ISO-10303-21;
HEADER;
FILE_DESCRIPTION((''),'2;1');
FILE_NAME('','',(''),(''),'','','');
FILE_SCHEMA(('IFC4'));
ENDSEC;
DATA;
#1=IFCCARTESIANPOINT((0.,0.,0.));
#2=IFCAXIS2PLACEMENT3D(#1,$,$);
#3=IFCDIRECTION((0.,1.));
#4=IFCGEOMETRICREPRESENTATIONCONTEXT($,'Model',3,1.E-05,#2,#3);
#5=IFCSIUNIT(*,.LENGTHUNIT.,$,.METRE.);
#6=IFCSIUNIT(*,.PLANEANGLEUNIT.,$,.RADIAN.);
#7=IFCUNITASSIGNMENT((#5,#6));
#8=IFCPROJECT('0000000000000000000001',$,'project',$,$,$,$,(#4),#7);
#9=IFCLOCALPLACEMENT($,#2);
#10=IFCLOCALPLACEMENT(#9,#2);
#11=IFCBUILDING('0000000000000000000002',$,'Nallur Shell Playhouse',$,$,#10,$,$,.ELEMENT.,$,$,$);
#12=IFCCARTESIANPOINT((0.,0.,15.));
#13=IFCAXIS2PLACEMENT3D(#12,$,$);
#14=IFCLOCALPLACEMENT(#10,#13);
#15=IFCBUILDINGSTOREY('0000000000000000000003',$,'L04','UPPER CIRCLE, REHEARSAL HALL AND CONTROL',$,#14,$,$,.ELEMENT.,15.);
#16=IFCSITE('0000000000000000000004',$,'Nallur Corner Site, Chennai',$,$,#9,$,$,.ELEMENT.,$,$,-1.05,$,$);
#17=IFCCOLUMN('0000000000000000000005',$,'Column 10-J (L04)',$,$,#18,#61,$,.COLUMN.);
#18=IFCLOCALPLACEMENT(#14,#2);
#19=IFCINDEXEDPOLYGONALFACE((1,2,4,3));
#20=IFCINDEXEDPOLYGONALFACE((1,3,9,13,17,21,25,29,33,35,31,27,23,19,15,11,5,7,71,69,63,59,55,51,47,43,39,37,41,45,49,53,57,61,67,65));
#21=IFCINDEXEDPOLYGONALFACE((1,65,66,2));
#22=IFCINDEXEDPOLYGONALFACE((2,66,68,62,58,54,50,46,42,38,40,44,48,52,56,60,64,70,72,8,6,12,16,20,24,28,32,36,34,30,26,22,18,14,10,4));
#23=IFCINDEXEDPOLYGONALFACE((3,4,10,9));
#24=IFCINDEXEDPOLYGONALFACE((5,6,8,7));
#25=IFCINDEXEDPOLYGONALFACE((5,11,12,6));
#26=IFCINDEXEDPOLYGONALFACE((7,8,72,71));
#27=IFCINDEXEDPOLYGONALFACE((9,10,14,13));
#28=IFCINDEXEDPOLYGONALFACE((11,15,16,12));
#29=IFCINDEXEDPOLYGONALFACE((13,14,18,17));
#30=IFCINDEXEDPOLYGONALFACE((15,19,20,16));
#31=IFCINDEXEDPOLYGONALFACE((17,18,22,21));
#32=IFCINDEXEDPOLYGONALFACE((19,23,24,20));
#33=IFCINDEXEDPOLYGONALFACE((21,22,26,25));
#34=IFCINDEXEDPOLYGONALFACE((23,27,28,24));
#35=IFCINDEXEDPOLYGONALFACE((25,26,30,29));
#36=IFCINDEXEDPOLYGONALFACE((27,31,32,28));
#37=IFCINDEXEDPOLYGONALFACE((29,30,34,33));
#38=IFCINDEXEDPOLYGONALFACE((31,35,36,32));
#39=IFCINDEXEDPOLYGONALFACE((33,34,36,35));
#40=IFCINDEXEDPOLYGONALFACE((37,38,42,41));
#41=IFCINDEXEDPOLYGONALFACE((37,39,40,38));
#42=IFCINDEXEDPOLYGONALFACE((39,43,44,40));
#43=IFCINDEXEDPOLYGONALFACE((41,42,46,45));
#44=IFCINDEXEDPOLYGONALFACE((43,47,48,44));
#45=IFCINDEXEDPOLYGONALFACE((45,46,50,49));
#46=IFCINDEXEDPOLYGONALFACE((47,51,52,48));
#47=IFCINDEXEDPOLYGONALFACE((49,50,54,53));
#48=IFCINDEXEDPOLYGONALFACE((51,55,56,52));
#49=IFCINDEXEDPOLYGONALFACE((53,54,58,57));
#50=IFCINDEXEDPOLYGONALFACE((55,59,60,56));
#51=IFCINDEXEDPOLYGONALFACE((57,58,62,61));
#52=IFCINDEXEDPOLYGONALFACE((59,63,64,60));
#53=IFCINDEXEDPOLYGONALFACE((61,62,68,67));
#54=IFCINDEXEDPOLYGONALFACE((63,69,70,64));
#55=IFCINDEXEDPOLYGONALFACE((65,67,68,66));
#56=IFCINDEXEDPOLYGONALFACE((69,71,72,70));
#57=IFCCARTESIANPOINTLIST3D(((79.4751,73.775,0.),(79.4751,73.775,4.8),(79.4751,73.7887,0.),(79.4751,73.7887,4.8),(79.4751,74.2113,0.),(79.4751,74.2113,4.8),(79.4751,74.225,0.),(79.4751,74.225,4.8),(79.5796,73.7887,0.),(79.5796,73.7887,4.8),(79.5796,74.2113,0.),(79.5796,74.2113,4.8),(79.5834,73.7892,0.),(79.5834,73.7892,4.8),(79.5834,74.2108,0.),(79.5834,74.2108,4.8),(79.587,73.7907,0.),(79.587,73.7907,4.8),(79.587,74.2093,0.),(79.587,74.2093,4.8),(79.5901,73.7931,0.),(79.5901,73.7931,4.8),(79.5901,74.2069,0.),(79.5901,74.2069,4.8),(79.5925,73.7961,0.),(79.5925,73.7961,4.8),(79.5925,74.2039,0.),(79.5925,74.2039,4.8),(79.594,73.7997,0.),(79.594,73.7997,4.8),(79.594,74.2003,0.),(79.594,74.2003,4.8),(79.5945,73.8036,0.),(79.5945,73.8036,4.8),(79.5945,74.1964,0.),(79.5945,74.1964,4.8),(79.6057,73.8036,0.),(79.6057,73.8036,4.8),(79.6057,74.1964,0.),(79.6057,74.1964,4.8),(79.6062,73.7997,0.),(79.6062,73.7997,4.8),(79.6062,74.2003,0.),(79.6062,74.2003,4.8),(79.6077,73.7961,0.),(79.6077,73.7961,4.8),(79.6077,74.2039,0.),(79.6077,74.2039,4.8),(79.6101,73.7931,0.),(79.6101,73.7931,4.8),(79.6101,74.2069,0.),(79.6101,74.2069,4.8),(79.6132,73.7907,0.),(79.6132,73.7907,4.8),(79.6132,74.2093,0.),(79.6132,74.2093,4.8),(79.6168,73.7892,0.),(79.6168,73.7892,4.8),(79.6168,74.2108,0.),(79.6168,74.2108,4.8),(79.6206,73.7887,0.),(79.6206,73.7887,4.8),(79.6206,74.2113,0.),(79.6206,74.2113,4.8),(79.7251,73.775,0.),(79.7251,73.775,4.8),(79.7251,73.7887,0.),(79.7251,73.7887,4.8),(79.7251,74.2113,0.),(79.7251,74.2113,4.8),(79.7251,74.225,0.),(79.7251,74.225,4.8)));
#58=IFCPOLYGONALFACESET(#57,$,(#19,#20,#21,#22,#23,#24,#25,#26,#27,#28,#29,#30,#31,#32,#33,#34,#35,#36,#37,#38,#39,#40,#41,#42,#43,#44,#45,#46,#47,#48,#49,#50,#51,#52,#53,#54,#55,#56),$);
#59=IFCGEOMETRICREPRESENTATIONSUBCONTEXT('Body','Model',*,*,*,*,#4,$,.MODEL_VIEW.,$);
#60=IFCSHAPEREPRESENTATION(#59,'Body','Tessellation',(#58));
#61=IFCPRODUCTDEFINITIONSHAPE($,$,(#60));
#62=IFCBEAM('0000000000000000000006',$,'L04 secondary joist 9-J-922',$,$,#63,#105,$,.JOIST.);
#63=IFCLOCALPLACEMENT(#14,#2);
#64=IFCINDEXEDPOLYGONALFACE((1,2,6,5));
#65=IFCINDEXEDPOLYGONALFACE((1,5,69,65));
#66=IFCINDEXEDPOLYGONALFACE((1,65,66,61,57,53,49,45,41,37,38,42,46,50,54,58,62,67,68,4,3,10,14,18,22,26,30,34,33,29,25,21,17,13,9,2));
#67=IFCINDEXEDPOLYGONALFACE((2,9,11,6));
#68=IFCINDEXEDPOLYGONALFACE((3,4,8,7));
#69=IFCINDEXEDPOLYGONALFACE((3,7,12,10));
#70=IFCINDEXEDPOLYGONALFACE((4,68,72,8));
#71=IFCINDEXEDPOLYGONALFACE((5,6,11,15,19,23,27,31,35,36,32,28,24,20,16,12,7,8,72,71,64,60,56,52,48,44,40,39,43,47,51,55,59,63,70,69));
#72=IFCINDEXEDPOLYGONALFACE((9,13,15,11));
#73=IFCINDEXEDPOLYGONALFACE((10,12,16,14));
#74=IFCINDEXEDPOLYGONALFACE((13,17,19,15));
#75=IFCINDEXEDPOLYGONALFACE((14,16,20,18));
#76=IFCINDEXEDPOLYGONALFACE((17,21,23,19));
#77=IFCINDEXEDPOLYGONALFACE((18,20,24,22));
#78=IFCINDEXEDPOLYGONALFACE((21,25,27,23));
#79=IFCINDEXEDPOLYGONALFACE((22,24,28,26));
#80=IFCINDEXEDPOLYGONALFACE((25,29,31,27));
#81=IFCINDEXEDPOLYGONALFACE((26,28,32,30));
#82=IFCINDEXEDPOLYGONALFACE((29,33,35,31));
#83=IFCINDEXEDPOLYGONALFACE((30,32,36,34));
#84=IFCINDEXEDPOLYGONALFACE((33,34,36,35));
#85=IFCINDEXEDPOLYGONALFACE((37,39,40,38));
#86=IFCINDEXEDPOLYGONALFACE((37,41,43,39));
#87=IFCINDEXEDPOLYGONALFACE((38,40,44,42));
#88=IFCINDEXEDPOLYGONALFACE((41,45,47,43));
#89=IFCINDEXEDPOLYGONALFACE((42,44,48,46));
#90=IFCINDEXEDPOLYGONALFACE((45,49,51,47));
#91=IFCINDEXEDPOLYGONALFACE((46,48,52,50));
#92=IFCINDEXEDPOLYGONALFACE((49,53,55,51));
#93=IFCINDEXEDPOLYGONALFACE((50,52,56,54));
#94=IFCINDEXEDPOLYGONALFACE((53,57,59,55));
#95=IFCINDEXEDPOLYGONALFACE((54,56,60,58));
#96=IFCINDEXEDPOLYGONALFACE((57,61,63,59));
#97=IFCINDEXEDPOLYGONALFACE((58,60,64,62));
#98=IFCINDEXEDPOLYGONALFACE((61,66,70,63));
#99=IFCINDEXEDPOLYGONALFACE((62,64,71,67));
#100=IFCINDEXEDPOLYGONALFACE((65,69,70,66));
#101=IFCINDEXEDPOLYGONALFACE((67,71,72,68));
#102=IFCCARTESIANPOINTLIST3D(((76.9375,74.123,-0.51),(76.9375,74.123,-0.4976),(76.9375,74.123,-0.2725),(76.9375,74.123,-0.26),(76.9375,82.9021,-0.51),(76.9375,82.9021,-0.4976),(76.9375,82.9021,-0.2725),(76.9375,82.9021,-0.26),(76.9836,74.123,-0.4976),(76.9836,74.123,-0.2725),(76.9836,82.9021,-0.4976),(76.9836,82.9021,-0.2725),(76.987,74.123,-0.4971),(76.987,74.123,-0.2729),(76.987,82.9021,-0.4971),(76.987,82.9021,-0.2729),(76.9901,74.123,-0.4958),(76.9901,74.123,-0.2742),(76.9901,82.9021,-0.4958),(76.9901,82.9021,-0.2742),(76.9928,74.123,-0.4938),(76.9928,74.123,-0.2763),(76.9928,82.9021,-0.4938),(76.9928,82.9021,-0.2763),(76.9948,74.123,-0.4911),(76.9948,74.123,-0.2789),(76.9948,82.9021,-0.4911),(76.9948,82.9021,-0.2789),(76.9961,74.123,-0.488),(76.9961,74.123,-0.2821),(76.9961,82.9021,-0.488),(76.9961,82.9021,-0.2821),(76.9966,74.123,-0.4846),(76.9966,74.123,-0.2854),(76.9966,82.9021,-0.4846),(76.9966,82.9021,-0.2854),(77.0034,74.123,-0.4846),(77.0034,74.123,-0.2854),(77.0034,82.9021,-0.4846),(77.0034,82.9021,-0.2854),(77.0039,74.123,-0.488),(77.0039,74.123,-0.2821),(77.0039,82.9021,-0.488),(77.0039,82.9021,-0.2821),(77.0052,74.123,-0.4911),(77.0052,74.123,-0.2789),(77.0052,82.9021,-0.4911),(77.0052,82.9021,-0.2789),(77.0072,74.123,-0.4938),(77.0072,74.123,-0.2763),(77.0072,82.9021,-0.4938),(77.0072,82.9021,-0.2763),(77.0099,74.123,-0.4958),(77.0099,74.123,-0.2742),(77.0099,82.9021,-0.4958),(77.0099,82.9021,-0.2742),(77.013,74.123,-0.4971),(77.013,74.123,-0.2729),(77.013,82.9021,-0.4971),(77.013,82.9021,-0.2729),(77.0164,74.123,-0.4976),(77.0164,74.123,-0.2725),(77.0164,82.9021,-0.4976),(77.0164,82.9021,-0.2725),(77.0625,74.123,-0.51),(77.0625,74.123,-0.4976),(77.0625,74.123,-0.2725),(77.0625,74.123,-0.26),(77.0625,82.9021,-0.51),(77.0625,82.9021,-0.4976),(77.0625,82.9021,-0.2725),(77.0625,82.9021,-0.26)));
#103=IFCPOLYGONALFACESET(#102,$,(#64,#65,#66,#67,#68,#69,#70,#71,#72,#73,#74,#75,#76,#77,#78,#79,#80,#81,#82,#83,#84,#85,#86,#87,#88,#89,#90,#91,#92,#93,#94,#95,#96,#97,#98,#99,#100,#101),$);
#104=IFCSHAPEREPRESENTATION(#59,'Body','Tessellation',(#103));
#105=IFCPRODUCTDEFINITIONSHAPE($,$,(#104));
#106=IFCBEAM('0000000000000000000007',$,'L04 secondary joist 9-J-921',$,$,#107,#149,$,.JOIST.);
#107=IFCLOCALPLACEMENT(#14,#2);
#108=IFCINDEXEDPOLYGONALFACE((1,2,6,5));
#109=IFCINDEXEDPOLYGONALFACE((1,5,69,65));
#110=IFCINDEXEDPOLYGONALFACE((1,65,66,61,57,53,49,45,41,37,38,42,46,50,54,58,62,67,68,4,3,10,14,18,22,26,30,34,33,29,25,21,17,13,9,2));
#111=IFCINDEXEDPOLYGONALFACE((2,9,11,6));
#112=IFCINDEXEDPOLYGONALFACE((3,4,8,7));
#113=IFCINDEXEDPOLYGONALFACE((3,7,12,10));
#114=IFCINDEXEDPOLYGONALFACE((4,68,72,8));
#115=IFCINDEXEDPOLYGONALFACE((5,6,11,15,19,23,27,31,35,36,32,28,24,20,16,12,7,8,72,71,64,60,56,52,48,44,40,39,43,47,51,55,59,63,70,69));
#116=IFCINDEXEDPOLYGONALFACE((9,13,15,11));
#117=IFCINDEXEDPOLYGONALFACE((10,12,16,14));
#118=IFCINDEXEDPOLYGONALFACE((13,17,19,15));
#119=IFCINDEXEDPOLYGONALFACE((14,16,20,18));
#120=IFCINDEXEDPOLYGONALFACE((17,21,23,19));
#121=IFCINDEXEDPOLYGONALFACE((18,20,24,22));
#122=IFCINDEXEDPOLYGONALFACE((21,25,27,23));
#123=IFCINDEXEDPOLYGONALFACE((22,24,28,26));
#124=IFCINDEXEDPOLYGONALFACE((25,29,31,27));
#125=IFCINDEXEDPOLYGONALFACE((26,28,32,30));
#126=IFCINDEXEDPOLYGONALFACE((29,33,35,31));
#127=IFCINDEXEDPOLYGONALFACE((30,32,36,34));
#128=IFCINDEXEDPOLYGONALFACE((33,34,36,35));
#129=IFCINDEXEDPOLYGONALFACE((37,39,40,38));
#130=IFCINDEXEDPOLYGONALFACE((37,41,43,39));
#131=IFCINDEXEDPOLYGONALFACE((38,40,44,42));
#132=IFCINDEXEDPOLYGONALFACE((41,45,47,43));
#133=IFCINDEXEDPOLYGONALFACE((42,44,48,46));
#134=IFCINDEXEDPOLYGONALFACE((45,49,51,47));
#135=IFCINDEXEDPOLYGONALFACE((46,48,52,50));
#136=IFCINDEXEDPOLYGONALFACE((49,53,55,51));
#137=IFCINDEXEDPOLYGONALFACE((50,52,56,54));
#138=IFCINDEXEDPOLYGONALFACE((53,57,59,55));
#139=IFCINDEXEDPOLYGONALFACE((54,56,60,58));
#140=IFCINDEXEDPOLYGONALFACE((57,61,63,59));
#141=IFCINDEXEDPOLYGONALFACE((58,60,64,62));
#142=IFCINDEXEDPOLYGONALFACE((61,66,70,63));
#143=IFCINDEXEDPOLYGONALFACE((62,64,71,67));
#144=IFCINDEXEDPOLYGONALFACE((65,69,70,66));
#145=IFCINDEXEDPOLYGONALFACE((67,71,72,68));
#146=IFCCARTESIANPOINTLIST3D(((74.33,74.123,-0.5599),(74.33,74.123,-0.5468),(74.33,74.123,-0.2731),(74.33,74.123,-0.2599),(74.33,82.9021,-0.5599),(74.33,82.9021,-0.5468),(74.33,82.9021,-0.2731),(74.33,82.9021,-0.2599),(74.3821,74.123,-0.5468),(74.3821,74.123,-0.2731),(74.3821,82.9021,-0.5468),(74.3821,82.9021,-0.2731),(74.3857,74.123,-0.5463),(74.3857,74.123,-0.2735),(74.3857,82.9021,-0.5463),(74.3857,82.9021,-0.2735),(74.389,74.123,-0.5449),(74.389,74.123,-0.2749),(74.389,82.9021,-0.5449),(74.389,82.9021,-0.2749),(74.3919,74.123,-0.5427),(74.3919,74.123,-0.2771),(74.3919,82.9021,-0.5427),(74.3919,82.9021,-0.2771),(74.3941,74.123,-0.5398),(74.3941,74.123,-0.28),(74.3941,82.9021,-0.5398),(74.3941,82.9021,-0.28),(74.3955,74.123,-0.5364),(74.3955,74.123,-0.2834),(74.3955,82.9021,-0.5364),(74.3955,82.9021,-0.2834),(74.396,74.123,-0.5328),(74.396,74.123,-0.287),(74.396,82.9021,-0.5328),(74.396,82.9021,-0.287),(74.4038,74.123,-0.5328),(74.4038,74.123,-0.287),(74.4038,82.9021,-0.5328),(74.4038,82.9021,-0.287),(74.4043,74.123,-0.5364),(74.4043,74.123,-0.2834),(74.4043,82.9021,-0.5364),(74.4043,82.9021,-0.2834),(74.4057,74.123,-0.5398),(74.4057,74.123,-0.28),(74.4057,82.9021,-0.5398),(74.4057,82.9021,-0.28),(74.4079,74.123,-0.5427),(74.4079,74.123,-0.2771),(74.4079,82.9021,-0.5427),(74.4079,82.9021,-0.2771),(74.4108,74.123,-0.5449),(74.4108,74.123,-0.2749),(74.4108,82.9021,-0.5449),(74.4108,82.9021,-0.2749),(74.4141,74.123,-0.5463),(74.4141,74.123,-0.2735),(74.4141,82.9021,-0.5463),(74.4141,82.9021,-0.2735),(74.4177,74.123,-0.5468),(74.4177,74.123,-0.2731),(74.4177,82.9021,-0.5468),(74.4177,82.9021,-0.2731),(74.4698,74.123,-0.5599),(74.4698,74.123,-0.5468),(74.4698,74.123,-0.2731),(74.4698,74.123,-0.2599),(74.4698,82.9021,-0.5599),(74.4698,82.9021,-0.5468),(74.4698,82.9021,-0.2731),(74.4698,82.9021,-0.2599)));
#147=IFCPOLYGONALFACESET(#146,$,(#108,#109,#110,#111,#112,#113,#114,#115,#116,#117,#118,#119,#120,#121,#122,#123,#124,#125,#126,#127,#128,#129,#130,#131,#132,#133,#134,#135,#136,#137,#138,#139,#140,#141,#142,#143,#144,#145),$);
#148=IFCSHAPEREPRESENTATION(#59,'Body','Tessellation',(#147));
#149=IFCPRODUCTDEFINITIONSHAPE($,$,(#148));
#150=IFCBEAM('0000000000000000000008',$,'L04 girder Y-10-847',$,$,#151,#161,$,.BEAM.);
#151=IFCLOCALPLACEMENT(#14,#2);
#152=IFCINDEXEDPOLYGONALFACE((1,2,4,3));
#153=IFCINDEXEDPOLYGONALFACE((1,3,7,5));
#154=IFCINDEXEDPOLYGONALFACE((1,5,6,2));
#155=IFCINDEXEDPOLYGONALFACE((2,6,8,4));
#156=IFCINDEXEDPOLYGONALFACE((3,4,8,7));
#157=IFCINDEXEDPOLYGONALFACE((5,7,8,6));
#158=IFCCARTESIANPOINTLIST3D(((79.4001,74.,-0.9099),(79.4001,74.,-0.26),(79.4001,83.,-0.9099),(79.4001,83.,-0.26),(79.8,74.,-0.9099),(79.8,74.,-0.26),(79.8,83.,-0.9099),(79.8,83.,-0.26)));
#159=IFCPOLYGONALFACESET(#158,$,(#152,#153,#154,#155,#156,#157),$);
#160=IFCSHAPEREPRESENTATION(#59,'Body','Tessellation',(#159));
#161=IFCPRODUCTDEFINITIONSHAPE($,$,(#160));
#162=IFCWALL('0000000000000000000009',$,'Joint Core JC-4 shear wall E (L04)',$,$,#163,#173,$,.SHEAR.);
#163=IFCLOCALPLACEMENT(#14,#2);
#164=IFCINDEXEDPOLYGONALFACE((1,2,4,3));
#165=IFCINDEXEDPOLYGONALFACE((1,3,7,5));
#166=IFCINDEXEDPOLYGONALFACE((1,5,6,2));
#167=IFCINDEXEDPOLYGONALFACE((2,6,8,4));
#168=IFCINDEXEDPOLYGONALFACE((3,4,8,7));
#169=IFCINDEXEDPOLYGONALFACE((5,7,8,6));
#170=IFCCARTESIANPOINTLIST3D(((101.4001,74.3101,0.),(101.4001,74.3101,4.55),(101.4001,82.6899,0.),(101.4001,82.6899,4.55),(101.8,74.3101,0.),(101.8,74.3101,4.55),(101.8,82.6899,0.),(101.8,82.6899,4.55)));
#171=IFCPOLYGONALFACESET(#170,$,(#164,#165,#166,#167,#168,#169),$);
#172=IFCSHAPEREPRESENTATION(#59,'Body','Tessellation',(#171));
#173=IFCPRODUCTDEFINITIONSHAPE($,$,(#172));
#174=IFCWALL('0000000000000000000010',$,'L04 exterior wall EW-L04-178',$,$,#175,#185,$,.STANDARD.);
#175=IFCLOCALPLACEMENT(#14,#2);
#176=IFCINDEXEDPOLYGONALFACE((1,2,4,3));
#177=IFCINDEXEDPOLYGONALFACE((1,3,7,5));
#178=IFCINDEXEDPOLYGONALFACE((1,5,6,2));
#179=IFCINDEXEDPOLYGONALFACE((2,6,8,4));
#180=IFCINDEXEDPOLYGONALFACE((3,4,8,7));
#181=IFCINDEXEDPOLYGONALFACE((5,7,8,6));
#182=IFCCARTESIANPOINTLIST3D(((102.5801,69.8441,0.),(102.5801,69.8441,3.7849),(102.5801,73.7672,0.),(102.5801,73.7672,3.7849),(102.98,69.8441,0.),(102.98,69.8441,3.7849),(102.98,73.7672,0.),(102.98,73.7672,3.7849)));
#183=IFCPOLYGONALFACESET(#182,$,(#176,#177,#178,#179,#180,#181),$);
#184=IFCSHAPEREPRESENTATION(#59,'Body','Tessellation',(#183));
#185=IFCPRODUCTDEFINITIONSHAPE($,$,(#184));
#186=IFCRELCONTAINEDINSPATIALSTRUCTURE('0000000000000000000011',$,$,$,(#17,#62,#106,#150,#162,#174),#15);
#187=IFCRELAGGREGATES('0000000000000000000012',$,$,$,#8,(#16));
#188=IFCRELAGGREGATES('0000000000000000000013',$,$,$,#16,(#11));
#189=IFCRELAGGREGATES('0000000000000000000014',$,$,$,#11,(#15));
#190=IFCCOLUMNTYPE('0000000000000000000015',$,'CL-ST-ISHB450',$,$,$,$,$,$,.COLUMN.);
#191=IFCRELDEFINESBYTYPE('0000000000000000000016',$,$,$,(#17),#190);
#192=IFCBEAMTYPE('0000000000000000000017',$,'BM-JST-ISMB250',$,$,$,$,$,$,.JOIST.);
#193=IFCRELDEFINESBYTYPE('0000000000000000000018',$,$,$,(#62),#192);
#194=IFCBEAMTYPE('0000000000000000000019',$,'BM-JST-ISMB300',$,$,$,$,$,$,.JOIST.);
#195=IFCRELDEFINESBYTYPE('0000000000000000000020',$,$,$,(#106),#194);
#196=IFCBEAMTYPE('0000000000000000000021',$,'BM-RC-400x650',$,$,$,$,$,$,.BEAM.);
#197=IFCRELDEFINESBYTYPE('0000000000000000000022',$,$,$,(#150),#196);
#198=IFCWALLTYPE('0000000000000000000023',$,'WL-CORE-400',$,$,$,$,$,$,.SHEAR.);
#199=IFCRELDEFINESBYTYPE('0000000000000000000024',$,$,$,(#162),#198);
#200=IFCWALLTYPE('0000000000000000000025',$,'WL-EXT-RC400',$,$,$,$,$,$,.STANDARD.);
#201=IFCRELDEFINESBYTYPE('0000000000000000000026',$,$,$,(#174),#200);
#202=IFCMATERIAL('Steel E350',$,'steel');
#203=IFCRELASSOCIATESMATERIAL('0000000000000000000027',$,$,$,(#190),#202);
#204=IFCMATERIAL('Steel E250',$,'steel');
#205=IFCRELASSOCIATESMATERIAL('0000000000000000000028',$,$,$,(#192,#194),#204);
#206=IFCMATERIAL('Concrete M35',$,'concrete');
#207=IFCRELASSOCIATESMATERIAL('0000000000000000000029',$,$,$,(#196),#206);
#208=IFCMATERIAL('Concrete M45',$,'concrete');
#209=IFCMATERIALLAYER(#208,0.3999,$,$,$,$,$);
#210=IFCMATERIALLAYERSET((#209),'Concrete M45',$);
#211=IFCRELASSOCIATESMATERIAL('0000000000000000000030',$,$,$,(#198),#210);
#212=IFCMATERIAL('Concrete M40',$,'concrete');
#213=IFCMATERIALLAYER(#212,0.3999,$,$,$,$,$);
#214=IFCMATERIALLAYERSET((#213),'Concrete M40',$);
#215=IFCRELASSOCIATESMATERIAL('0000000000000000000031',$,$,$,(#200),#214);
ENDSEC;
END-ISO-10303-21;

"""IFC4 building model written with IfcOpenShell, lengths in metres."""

from ifc_helpers import new_model, si_unit, direction, frame, frame_2d, origin, origin_2d, place, context, subcontext, project, spatial, rectangle, i_section, extrude, material, layer, layer_set, material_profile, profile_set, type_object, element, save


model = new_model("IFC4")

# Units and contexts
model_context = context("Model", 3, precision=1e-05, world=origin(), true_north=direction((0.0, 1.0)))
body_context = subcontext(model_context, "Body", "Model", "MODEL_VIEW")
ifc_project = project(units=[si_unit("LENGTHUNIT", "METRE"), si_unit("PLANEANGLEUNIT", "RADIAN")], contexts=[model_context])

# Site, building, storey
site_placement = place(None, origin())
site = spatial("IfcSite", under=ifc_project, at=site_placement, Name="Nallur Corner Site, Chennai", CompositionType="ELEMENT", RefElevation=-1.05)
building_placement = place(site_placement, origin())
building = spatial("IfcBuilding", under=site, at=building_placement, Name="Nallur Shell Playhouse", CompositionType="ELEMENT")
storey_placement = place(building_placement, frame((0.0, 0.0, 15.0)))
storey = spatial("IfcBuildingStorey", under=building, at=storey_placement, Name="L04", Description="UPPER CIRCLE, REHEARSAL HALL AND CONTROL", CompositionType="ELEMENT", Elevation=15.0)

# Column
ifc_material_1 = material(Name="Steel E350", Category="steel")
ifc_material_profile_1 = material_profile(ifc_material_1, i_section(OverallWidth=0.25, OverallDepth=0.45, WebThickness=0.0112, FlangeThickness=0.0137, FilletRadius=0.0149, at=origin_2d()), Name="ISHB 450")
ifc_profile_set_1 = profile_set([ifc_material_profile_1], Name="Steel E350")
column_type = type_object("IfcColumnType", Name="CL-ST-ISHB450", PredefinedType="COLUMN", material=ifc_profile_set_1)
column_placement = place(storey_placement, frame((79.6001, 74.0, 0.0), z_axis=(0.0, 0.0, 1.0), x_axis=(1.0, 0.0, 0.0)))
element("IfcColumn", 1, at=column_placement, inside=storey, type_object=column_type, Name="Column 10-J (L04)", PredefinedType="COLUMN", context=body_context, shape_type="SweptSolid", body=[
    extrude(i_section(OverallWidth=0.25, OverallDepth=0.45, WebThickness=0.0112, FlangeThickness=0.0137, FilletRadius=0.0149, at=origin_2d()), origin(), (0.0, 0.0, 1.0), 4.8),
])

# Beams
ifc_material_2 = material(Name="Steel E250", Category="steel")
ifc_material_profile_2 = material_profile(ifc_material_2, i_section(OverallWidth=0.125, OverallDepth=0.25, WebThickness=0.0068, FlangeThickness=0.0125, FilletRadius=0.0129, at=origin_2d()), Name="ISMB 250")
ifc_profile_set_2 = profile_set([ifc_material_profile_2], Name="Steel E250")
beam_type_1 = type_object("IfcBeamType", Name="BM-JST-ISMB250", PredefinedType="JOIST", material=ifc_profile_set_2)
beam_1_placement = place(storey_placement, frame((77.0, 74.123, -0.385), z_axis=(0.0, 1.0, 0.0), x_axis=(-1.0, 0.0, 0.0)))
element("IfcBeam", 2, at=beam_1_placement, inside=storey, type_object=beam_type_1, Name="L04 secondary joist 9-J-922", PredefinedType="JOIST", context=body_context, shape_type="SweptSolid", body=[
    extrude(i_section(OverallWidth=0.125, OverallDepth=0.25, WebThickness=0.0068, FlangeThickness=0.0125, FilletRadius=0.0129, at=origin_2d()), origin(), (0.0, 0.0, 1.0), 8.7791),
])
ifc_material_profile_3 = material_profile(ifc_material_2, i_section(OverallWidth=0.1399, OverallDepth=0.3, WebThickness=0.0078, FlangeThickness=0.0132, FilletRadius=0.0139, at=origin_2d()), Name="ISMB 300")
ifc_profile_set_3 = profile_set([ifc_material_profile_3], Name="Steel E250")
beam_type_2 = type_object("IfcBeamType", Name="BM-JST-ISMB300", PredefinedType="JOIST", material=ifc_profile_set_3)
beam_2_placement = place(storey_placement, frame((74.3999, 74.123, -0.4099), z_axis=(0.0, 1.0, 0.0), x_axis=(-1.0, 0.0, 0.0)))
element("IfcBeam", 3, at=beam_2_placement, inside=storey, type_object=beam_type_2, Name="L04 secondary joist 9-J-921", PredefinedType="JOIST", context=body_context, shape_type="SweptSolid", body=[
    extrude(i_section(OverallWidth=0.1399, OverallDepth=0.3, WebThickness=0.0078, FlangeThickness=0.0132, FilletRadius=0.0139, at=origin_2d()), origin(), (0.0, 0.0, 1.0), 8.7791),
])
ifc_material_3 = material(Name="Concrete M35", Category="concrete")
ifc_material_profile_4 = material_profile(ifc_material_3, rectangle(XDim=0.3999, YDim=0.6499, at=origin_2d()), Name="RC 400x650")
ifc_profile_set_4 = profile_set([ifc_material_profile_4], Name="Concrete M35")
beam_type_3 = type_object("IfcBeamType", Name="BM-RC-400x650", PredefinedType="BEAM", material=ifc_profile_set_4)
beam_3_placement = place(storey_placement, frame((79.6001, 74.0, -0.585), z_axis=(0.0, 1.0, 0.0), x_axis=(-1.0, 0.0, 0.0)))
element("IfcBeam", 4, at=beam_3_placement, inside=storey, type_object=beam_type_3, Name="L04 girder Y-10-847", PredefinedType="BEAM", context=body_context, shape_type="SweptSolid", body=[
    extrude(rectangle(XDim=0.3999, YDim=0.6499, at=origin_2d()), origin(), (0.0, 0.0, 1.0), 9.0),
])

# Shared definitions
ifc_material_4 = material(Name="Concrete M45", Category="concrete")
ifc_layer_1 = layer(ifc_material_4, 0.3999)
ifc_layer_set_1 = layer_set([ifc_layer_1], Name="Concrete M45")
wall_type_1 = type_object("IfcWallType", Name="WL-CORE-400", PredefinedType="SHEAR", material=ifc_layer_set_1)

# Walls
wall_1_placement = place(storey_placement, frame((101.6001, 74.3101, 0.0), z_axis=(0.0, 0.0, 1.0), x_axis=(0.0, 1.0, 0.0)))
element("IfcWall", 5, at=wall_1_placement, inside=storey, type_object=wall_type_1, Name="Joint Core JC-4 shear wall E (L04)", PredefinedType="SHEAR", context=body_context, shape_type="SweptSolid", body=[
    extrude(rectangle(XDim=8.3799, YDim=0.3999, at=frame_2d((4.1899, 0.0))), origin(), (0.0, 0.0, 1.0), 4.55),
])
ifc_material_5 = material(Name="Concrete M40", Category="concrete")
ifc_layer_2 = layer(ifc_material_5, 0.3999)
ifc_layer_set_2 = layer_set([ifc_layer_2], Name="Concrete M40")
wall_type_2 = type_object("IfcWallType", Name="WL-EXT-RC400", PredefinedType="STANDARD", material=ifc_layer_set_2)
wall_2_placement = place(storey_placement, frame((102.78, 73.7671, 0.0), z_axis=(0.0, 0.0, 1.0), x_axis=(0.0, -1.0, 0.0)))
element("IfcWall", 6, at=wall_2_placement, inside=storey, type_object=wall_type_2, Name="L04 exterior wall EW-L04-178", PredefinedType="STANDARD", context=body_context, shape_type="SweptSolid", body=[
    extrude(rectangle(XDim=3.9231, YDim=0.3999, at=frame_2d((1.9614, 0.0))), origin(), (0.0, 0.0, 1.0), 3.7849),
])

save(model, "model.ifc")
